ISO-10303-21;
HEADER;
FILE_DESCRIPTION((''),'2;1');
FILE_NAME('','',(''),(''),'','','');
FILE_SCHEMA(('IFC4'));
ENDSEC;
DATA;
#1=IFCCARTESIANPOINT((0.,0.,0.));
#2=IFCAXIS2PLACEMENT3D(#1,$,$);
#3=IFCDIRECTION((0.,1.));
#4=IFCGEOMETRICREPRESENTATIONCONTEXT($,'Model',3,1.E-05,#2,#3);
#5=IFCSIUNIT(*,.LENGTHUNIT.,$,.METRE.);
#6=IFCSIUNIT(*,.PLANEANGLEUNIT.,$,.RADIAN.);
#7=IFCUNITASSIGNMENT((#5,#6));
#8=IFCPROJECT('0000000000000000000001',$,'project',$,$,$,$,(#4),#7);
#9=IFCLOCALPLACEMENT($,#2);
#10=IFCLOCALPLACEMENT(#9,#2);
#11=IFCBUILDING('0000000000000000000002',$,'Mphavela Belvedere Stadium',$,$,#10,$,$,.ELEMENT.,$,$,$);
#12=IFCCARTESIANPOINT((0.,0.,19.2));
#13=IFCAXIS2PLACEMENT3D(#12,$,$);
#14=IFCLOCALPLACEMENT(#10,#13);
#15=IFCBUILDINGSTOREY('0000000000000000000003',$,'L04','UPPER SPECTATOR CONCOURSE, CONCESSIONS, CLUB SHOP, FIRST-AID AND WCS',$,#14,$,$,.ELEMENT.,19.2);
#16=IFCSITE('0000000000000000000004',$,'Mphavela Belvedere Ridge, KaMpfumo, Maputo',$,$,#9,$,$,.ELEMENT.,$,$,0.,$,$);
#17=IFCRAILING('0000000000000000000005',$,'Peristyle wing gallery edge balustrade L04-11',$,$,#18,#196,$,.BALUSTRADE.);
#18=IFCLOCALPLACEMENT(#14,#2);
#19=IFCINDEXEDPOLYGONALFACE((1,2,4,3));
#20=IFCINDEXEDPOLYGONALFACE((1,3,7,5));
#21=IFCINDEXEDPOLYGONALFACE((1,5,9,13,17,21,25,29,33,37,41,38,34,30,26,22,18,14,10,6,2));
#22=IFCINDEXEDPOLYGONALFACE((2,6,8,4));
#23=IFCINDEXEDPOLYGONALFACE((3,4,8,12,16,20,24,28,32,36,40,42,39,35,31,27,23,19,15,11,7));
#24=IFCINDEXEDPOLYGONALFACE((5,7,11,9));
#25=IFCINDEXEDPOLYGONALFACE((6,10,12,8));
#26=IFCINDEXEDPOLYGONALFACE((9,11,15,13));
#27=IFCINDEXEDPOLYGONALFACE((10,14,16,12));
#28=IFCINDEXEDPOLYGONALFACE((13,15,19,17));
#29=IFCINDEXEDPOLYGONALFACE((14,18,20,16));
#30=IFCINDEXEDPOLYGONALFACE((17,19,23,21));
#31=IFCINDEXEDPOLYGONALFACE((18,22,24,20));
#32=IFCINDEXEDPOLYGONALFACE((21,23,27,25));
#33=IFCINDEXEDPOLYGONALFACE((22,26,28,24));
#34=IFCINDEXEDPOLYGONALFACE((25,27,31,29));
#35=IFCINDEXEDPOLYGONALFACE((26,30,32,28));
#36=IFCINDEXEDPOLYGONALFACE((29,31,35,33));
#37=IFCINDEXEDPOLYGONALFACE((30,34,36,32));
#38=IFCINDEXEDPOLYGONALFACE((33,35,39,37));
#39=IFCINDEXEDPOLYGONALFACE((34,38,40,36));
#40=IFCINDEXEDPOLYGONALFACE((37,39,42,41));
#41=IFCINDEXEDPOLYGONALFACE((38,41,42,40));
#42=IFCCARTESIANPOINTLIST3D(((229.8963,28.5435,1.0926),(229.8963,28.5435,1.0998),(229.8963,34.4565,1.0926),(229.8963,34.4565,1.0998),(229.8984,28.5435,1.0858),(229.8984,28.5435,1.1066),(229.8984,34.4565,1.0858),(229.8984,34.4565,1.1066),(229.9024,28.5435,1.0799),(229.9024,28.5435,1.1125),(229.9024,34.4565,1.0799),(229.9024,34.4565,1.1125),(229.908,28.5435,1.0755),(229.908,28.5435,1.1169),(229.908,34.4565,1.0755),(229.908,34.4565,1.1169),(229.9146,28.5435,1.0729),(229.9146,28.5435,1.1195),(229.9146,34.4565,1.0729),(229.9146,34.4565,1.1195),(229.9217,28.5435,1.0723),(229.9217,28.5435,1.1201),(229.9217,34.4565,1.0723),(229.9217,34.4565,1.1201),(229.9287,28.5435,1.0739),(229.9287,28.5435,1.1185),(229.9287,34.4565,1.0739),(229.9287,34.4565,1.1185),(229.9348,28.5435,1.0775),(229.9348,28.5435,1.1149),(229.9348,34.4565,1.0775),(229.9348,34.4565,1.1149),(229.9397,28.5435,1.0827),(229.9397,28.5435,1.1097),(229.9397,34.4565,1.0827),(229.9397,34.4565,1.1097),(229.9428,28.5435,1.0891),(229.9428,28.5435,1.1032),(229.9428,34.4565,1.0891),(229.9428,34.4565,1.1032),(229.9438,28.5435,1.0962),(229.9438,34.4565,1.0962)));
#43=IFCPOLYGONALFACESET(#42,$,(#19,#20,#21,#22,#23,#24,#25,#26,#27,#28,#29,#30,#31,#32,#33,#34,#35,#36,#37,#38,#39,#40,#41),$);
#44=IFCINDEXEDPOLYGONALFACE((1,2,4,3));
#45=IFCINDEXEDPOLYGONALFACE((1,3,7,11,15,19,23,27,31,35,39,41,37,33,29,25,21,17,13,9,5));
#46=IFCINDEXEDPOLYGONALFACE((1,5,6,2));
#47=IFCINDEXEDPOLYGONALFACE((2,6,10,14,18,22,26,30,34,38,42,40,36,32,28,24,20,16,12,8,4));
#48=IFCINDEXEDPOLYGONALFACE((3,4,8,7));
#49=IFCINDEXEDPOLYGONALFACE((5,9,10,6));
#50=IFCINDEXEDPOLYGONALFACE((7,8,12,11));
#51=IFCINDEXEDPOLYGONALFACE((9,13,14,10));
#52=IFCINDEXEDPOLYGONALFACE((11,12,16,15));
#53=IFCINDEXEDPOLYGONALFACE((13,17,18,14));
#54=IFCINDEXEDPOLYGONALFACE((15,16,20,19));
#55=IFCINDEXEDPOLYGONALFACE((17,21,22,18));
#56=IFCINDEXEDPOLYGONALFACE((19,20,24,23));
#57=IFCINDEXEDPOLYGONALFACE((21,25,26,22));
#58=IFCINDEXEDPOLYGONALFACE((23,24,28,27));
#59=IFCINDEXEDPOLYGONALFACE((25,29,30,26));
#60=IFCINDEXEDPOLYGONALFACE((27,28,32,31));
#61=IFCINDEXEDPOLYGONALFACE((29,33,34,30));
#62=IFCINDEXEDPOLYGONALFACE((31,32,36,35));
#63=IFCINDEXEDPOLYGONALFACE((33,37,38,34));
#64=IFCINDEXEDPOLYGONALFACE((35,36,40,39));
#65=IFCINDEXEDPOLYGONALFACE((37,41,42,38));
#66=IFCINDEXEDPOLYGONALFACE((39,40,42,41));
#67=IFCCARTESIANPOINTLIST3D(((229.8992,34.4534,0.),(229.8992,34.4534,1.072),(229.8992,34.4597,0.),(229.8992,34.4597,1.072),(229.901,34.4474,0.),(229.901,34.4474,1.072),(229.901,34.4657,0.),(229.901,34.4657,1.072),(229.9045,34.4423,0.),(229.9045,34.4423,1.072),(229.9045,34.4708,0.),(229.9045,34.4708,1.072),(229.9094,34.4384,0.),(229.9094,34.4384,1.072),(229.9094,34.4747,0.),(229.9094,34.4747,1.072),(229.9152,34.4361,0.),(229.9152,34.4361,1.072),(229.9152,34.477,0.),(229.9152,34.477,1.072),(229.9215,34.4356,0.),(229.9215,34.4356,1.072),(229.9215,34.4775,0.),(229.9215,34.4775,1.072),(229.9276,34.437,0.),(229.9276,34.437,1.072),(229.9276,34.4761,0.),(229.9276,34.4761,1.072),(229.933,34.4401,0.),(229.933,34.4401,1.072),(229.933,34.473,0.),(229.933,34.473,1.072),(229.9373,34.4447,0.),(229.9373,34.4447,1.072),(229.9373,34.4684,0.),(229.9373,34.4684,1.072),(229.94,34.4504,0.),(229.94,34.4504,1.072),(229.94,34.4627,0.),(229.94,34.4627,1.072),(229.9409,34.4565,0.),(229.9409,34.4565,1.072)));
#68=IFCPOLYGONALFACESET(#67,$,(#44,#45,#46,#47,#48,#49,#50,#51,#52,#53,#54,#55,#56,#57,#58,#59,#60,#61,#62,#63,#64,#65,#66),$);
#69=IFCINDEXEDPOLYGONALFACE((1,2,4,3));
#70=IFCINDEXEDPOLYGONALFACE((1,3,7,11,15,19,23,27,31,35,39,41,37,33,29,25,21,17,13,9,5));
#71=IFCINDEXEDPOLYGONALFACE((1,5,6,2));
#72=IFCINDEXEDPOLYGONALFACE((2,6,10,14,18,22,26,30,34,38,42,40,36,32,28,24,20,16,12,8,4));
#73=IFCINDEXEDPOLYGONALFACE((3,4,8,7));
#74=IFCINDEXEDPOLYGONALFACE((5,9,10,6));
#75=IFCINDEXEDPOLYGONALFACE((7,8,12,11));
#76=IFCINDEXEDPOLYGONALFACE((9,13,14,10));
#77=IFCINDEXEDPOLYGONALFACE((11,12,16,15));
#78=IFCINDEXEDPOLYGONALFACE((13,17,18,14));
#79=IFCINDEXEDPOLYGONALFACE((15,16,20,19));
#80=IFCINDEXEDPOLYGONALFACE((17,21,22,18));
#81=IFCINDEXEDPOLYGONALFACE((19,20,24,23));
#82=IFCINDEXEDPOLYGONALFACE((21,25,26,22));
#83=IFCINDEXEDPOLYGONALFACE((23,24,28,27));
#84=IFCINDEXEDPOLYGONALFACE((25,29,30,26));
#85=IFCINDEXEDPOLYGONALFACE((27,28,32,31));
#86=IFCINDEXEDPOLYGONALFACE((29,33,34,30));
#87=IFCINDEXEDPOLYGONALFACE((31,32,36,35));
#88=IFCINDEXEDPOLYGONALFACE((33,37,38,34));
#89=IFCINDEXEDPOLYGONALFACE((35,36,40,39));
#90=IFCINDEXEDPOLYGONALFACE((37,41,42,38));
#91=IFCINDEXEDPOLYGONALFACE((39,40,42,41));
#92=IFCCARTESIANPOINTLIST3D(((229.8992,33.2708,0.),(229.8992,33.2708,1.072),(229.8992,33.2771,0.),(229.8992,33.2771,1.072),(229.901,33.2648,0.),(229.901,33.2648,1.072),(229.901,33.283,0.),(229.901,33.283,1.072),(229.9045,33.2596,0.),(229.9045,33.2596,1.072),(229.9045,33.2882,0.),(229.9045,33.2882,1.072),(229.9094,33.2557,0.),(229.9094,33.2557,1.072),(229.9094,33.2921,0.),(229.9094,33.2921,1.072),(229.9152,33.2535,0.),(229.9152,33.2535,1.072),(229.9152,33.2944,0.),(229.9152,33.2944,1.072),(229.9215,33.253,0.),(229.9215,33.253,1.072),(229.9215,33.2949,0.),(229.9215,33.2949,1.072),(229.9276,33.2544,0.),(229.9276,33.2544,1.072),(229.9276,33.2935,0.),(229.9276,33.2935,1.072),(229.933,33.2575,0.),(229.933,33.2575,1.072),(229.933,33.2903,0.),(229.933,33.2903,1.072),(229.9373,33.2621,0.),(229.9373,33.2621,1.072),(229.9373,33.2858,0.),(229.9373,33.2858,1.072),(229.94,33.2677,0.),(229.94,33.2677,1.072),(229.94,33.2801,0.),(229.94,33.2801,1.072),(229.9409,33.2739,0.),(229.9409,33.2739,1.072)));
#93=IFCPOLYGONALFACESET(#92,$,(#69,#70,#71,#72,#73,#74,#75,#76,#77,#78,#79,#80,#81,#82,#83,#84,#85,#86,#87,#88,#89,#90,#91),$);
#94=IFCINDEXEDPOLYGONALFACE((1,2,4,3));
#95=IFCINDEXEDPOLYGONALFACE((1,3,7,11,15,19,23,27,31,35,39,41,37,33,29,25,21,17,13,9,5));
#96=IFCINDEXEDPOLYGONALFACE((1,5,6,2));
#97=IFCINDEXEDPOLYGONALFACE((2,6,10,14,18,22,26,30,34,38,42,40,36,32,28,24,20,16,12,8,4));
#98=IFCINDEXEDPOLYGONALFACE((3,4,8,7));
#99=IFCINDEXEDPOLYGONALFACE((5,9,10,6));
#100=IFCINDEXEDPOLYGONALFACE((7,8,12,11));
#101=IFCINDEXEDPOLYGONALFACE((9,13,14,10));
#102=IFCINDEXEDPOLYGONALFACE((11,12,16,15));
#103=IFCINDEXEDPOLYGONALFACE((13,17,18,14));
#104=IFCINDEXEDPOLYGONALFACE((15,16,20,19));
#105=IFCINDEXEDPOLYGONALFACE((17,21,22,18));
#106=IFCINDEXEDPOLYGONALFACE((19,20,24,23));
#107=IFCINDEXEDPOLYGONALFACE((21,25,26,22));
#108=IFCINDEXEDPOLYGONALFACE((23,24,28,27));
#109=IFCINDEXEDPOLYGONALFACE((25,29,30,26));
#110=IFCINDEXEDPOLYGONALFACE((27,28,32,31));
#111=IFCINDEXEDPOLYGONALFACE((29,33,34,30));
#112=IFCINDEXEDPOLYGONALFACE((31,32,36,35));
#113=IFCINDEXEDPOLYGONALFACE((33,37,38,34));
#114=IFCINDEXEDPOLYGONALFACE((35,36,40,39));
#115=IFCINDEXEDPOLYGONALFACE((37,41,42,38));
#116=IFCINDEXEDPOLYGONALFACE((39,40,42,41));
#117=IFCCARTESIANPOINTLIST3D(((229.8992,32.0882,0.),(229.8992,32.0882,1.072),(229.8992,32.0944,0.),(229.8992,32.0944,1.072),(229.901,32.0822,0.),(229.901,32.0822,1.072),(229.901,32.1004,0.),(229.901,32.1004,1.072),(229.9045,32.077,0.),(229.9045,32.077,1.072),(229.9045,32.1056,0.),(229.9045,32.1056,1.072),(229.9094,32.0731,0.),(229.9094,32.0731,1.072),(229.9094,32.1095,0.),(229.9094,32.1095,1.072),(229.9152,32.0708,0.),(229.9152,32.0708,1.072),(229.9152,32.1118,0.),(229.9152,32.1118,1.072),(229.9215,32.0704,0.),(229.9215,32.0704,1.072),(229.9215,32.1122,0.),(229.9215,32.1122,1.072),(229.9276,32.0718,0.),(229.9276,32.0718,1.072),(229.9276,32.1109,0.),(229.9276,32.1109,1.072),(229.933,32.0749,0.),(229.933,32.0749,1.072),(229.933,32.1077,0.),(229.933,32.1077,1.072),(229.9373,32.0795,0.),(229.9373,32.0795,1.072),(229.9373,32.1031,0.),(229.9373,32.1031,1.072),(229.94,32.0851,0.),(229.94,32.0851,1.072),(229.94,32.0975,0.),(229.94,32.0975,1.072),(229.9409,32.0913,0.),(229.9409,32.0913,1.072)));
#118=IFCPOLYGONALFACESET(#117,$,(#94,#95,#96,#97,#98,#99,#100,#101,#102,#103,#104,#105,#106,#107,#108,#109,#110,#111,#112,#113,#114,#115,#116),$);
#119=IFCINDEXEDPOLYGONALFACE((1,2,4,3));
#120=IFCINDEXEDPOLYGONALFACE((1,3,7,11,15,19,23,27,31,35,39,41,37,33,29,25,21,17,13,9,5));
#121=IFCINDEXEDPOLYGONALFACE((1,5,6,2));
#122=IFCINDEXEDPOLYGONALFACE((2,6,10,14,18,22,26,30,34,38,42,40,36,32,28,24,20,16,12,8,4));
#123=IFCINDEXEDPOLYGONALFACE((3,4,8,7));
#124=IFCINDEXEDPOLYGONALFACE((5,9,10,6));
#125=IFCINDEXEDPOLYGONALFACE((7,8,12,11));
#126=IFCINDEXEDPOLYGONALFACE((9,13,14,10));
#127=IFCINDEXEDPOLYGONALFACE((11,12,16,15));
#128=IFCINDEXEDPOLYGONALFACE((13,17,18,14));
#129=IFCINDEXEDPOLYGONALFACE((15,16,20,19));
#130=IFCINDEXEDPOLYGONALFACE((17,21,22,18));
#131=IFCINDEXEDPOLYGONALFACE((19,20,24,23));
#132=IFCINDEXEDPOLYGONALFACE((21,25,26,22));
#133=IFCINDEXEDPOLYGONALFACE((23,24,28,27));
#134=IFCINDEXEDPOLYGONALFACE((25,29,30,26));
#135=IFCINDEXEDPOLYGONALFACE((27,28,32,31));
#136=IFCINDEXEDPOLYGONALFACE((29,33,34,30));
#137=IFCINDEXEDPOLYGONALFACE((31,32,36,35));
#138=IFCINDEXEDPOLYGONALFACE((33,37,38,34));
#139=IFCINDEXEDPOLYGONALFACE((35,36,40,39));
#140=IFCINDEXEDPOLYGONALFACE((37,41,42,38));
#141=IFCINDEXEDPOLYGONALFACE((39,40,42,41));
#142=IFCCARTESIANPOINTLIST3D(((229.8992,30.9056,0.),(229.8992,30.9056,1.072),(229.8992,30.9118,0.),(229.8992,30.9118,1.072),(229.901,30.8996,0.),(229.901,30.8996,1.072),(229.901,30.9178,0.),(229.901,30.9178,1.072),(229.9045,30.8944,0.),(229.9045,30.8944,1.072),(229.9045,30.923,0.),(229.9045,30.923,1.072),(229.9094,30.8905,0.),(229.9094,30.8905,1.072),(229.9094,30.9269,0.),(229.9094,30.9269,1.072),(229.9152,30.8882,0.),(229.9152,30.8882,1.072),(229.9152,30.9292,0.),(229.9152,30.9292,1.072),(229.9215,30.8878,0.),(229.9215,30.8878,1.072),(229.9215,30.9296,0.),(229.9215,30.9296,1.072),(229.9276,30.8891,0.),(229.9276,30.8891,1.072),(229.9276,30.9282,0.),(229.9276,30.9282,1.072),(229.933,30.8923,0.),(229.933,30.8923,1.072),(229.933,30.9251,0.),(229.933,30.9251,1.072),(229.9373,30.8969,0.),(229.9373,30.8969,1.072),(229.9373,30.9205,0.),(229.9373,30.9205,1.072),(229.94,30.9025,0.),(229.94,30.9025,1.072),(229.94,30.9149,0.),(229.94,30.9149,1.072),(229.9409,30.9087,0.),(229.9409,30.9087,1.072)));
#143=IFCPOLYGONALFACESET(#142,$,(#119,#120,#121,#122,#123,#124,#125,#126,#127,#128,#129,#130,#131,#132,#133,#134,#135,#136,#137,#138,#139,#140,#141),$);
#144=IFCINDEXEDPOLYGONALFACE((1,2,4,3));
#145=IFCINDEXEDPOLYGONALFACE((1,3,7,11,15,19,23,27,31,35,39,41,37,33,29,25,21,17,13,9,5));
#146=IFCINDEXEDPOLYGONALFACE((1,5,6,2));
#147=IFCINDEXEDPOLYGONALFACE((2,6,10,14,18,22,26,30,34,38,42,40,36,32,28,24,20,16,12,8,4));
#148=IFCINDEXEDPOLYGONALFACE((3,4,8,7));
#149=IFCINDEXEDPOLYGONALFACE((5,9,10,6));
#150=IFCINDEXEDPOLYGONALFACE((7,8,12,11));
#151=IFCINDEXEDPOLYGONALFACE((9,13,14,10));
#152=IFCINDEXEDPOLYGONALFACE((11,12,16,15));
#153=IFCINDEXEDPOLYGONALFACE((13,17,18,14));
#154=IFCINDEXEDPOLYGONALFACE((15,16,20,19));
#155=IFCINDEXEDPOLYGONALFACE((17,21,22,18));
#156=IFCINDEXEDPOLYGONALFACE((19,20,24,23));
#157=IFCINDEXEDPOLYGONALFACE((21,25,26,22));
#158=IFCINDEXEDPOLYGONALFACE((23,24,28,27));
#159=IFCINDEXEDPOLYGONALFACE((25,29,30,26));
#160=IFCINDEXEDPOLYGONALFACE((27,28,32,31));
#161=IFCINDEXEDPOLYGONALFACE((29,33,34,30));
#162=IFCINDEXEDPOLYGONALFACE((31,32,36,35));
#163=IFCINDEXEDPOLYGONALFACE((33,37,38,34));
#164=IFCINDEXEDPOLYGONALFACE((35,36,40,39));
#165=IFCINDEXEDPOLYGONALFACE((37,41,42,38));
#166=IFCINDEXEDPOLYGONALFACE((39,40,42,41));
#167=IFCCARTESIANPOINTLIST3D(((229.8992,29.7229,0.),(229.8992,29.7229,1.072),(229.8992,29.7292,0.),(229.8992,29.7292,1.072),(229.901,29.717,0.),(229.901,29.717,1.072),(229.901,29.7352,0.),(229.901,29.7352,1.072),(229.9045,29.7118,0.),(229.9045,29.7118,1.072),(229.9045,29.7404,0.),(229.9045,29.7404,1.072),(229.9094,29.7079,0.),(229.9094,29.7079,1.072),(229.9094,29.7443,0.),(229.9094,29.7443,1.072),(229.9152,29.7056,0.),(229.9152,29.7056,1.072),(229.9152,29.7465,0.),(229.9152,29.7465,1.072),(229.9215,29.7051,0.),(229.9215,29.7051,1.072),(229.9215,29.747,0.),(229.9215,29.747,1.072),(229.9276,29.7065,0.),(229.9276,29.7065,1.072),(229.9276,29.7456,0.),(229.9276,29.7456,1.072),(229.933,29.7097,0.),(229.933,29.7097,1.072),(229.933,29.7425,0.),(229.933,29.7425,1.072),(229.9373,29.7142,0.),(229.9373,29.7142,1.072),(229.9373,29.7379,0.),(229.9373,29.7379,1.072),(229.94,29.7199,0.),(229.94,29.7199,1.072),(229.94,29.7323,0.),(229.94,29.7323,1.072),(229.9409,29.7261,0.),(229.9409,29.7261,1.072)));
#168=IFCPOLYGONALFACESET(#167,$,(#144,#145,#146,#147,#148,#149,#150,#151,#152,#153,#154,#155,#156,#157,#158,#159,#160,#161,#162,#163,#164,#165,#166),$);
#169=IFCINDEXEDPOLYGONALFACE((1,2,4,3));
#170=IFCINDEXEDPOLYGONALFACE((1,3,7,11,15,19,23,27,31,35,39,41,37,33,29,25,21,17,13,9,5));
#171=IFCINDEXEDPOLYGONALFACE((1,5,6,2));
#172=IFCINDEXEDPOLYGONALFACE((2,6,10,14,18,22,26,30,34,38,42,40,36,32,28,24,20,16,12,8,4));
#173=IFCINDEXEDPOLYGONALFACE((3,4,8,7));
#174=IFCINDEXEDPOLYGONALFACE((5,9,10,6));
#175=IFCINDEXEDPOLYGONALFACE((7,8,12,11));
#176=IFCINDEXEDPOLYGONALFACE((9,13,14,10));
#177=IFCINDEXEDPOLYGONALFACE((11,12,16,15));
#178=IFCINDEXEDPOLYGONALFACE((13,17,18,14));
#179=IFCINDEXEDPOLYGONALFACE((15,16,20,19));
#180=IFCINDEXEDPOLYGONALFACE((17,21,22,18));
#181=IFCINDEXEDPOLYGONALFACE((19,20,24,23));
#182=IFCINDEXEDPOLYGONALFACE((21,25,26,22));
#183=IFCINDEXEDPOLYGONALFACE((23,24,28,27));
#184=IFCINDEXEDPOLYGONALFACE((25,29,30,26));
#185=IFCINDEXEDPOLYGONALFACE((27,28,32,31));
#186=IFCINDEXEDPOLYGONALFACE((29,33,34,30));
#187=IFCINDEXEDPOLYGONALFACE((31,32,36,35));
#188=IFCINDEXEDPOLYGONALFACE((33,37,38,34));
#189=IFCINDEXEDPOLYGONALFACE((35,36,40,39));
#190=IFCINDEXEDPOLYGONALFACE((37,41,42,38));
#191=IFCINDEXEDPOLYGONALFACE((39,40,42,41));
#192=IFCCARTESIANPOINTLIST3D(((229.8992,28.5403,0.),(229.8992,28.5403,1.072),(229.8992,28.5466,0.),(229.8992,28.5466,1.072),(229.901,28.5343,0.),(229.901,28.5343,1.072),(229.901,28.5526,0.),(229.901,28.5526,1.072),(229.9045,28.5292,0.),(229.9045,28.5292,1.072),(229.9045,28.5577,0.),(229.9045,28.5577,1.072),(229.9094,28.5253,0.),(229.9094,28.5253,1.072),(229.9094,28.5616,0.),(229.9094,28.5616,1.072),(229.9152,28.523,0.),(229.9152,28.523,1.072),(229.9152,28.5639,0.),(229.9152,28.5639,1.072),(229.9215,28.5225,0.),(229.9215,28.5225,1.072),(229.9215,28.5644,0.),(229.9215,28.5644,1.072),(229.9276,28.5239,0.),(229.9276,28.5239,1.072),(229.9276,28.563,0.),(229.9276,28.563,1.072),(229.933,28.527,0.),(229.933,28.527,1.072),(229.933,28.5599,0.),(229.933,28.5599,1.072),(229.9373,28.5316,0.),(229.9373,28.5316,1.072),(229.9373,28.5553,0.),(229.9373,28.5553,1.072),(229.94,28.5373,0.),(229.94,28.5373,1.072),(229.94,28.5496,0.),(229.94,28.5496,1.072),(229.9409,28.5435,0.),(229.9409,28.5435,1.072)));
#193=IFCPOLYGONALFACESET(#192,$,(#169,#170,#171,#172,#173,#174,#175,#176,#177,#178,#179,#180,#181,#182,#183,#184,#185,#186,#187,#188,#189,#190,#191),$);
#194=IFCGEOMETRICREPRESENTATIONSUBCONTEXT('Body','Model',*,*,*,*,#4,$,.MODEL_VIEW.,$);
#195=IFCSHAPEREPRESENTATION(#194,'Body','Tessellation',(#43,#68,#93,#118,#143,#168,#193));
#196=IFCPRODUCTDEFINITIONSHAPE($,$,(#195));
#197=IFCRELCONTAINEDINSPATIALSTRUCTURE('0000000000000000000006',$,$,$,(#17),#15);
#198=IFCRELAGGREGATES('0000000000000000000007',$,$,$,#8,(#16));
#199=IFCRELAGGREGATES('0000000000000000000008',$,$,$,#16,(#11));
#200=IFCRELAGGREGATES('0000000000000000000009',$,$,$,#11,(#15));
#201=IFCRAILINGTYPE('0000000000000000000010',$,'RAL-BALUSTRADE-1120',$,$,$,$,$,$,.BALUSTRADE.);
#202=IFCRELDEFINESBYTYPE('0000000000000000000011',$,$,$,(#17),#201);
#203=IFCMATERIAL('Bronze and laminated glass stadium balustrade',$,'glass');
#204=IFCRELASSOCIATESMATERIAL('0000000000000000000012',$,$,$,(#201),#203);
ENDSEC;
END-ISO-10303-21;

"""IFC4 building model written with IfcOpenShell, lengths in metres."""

from ifc_helpers import new_model, si_unit, direction, frame, origin, origin_2d, place, context, subcontext, project, spatial, circle, extrude, material, type_object, element, save


model = new_model("IFC4")

# Units and contexts
model_context = context("Model", 3, precision=1e-05, world=origin(), true_north=direction((0.0, 1.0)))
body_context = subcontext(model_context, "Body", "Model", "MODEL_VIEW")
ifc_project = project(units=[si_unit("LENGTHUNIT", "METRE"), si_unit("PLANEANGLEUNIT", "RADIAN")], contexts=[model_context])

# Site, building, storey
site_placement = place(None, origin())
site = spatial("IfcSite", under=ifc_project, at=site_placement, Name="Mphavela Belvedere Ridge, KaMpfumo, Maputo", CompositionType="ELEMENT", RefElevation=0.0)
building_placement = place(site_placement, origin())
building = spatial("IfcBuilding", under=site, at=building_placement, Name="Mphavela Belvedere Stadium", CompositionType="ELEMENT")
storey_placement = place(building_placement, frame((0.0, 0.0, 19.2)))
storey = spatial("IfcBuildingStorey", under=building, at=storey_placement, Name="L04", Description="UPPER SPECTATOR CONCOURSE, CONCESSIONS, CLUB SHOP, FIRST-AID AND WCS", CompositionType="ELEMENT", Elevation=19.2)

# Railing
ifc_material_1 = material(Name="Bronze and laminated glass stadium balustrade", Category="glass")
railing_type = type_object("IfcRailingType", Name="RAL-BALUSTRADE-1120", PredefinedType="BALUSTRADE", material=ifc_material_1)
for number, where, name in (
    (1, (229.9199, 34.4565, 0.0), "Peristyle wing gallery edge balustrade L04-11"),
):
    element("IfcRailing", number, at=place(storey_placement, frame(where)), inside=storey, type_object=railing_type, Name=name, PredefinedType="BALUSTRADE", context=body_context, shape_type="SweptSolid", body=[
        extrude(circle(Radius=0.0239, at=origin_2d()), frame((0.0, 0.0, 1.0962), z_axis=(0.0, -1.0, 0.0), x_axis=(1.0, 0.0, 0.0)), (0.0, 0.0, 1.0), 5.9131),
        extrude(circle(Radius=0.021, at=origin_2d()), origin(), (0.0, 0.0, 1.0), 1.072),
        extrude(circle(Radius=0.021, at=origin_2d()), frame((0.0, -1.1826, 0.0)), (0.0, 0.0, 1.0), 1.072),
        extrude(circle(Radius=0.021, at=origin_2d()), frame((0.0, -2.3652, 0.0)), (0.0, 0.0, 1.0), 1.072),
        extrude(circle(Radius=0.021, at=origin_2d()), frame((0.0, -3.5479, 0.0)), (0.0, 0.0, 1.0), 1.072),
        extrude(circle(Radius=0.021, at=origin_2d()), frame((0.0, -4.7305, 0.0)), (0.0, 0.0, 1.0), 1.072),
        extrude(circle(Radius=0.021, at=origin_2d()), frame((0.0, -5.9131, 0.0)), (0.0, 0.0, 1.0), 1.072),
    ])

save(model, "model.ifc")
